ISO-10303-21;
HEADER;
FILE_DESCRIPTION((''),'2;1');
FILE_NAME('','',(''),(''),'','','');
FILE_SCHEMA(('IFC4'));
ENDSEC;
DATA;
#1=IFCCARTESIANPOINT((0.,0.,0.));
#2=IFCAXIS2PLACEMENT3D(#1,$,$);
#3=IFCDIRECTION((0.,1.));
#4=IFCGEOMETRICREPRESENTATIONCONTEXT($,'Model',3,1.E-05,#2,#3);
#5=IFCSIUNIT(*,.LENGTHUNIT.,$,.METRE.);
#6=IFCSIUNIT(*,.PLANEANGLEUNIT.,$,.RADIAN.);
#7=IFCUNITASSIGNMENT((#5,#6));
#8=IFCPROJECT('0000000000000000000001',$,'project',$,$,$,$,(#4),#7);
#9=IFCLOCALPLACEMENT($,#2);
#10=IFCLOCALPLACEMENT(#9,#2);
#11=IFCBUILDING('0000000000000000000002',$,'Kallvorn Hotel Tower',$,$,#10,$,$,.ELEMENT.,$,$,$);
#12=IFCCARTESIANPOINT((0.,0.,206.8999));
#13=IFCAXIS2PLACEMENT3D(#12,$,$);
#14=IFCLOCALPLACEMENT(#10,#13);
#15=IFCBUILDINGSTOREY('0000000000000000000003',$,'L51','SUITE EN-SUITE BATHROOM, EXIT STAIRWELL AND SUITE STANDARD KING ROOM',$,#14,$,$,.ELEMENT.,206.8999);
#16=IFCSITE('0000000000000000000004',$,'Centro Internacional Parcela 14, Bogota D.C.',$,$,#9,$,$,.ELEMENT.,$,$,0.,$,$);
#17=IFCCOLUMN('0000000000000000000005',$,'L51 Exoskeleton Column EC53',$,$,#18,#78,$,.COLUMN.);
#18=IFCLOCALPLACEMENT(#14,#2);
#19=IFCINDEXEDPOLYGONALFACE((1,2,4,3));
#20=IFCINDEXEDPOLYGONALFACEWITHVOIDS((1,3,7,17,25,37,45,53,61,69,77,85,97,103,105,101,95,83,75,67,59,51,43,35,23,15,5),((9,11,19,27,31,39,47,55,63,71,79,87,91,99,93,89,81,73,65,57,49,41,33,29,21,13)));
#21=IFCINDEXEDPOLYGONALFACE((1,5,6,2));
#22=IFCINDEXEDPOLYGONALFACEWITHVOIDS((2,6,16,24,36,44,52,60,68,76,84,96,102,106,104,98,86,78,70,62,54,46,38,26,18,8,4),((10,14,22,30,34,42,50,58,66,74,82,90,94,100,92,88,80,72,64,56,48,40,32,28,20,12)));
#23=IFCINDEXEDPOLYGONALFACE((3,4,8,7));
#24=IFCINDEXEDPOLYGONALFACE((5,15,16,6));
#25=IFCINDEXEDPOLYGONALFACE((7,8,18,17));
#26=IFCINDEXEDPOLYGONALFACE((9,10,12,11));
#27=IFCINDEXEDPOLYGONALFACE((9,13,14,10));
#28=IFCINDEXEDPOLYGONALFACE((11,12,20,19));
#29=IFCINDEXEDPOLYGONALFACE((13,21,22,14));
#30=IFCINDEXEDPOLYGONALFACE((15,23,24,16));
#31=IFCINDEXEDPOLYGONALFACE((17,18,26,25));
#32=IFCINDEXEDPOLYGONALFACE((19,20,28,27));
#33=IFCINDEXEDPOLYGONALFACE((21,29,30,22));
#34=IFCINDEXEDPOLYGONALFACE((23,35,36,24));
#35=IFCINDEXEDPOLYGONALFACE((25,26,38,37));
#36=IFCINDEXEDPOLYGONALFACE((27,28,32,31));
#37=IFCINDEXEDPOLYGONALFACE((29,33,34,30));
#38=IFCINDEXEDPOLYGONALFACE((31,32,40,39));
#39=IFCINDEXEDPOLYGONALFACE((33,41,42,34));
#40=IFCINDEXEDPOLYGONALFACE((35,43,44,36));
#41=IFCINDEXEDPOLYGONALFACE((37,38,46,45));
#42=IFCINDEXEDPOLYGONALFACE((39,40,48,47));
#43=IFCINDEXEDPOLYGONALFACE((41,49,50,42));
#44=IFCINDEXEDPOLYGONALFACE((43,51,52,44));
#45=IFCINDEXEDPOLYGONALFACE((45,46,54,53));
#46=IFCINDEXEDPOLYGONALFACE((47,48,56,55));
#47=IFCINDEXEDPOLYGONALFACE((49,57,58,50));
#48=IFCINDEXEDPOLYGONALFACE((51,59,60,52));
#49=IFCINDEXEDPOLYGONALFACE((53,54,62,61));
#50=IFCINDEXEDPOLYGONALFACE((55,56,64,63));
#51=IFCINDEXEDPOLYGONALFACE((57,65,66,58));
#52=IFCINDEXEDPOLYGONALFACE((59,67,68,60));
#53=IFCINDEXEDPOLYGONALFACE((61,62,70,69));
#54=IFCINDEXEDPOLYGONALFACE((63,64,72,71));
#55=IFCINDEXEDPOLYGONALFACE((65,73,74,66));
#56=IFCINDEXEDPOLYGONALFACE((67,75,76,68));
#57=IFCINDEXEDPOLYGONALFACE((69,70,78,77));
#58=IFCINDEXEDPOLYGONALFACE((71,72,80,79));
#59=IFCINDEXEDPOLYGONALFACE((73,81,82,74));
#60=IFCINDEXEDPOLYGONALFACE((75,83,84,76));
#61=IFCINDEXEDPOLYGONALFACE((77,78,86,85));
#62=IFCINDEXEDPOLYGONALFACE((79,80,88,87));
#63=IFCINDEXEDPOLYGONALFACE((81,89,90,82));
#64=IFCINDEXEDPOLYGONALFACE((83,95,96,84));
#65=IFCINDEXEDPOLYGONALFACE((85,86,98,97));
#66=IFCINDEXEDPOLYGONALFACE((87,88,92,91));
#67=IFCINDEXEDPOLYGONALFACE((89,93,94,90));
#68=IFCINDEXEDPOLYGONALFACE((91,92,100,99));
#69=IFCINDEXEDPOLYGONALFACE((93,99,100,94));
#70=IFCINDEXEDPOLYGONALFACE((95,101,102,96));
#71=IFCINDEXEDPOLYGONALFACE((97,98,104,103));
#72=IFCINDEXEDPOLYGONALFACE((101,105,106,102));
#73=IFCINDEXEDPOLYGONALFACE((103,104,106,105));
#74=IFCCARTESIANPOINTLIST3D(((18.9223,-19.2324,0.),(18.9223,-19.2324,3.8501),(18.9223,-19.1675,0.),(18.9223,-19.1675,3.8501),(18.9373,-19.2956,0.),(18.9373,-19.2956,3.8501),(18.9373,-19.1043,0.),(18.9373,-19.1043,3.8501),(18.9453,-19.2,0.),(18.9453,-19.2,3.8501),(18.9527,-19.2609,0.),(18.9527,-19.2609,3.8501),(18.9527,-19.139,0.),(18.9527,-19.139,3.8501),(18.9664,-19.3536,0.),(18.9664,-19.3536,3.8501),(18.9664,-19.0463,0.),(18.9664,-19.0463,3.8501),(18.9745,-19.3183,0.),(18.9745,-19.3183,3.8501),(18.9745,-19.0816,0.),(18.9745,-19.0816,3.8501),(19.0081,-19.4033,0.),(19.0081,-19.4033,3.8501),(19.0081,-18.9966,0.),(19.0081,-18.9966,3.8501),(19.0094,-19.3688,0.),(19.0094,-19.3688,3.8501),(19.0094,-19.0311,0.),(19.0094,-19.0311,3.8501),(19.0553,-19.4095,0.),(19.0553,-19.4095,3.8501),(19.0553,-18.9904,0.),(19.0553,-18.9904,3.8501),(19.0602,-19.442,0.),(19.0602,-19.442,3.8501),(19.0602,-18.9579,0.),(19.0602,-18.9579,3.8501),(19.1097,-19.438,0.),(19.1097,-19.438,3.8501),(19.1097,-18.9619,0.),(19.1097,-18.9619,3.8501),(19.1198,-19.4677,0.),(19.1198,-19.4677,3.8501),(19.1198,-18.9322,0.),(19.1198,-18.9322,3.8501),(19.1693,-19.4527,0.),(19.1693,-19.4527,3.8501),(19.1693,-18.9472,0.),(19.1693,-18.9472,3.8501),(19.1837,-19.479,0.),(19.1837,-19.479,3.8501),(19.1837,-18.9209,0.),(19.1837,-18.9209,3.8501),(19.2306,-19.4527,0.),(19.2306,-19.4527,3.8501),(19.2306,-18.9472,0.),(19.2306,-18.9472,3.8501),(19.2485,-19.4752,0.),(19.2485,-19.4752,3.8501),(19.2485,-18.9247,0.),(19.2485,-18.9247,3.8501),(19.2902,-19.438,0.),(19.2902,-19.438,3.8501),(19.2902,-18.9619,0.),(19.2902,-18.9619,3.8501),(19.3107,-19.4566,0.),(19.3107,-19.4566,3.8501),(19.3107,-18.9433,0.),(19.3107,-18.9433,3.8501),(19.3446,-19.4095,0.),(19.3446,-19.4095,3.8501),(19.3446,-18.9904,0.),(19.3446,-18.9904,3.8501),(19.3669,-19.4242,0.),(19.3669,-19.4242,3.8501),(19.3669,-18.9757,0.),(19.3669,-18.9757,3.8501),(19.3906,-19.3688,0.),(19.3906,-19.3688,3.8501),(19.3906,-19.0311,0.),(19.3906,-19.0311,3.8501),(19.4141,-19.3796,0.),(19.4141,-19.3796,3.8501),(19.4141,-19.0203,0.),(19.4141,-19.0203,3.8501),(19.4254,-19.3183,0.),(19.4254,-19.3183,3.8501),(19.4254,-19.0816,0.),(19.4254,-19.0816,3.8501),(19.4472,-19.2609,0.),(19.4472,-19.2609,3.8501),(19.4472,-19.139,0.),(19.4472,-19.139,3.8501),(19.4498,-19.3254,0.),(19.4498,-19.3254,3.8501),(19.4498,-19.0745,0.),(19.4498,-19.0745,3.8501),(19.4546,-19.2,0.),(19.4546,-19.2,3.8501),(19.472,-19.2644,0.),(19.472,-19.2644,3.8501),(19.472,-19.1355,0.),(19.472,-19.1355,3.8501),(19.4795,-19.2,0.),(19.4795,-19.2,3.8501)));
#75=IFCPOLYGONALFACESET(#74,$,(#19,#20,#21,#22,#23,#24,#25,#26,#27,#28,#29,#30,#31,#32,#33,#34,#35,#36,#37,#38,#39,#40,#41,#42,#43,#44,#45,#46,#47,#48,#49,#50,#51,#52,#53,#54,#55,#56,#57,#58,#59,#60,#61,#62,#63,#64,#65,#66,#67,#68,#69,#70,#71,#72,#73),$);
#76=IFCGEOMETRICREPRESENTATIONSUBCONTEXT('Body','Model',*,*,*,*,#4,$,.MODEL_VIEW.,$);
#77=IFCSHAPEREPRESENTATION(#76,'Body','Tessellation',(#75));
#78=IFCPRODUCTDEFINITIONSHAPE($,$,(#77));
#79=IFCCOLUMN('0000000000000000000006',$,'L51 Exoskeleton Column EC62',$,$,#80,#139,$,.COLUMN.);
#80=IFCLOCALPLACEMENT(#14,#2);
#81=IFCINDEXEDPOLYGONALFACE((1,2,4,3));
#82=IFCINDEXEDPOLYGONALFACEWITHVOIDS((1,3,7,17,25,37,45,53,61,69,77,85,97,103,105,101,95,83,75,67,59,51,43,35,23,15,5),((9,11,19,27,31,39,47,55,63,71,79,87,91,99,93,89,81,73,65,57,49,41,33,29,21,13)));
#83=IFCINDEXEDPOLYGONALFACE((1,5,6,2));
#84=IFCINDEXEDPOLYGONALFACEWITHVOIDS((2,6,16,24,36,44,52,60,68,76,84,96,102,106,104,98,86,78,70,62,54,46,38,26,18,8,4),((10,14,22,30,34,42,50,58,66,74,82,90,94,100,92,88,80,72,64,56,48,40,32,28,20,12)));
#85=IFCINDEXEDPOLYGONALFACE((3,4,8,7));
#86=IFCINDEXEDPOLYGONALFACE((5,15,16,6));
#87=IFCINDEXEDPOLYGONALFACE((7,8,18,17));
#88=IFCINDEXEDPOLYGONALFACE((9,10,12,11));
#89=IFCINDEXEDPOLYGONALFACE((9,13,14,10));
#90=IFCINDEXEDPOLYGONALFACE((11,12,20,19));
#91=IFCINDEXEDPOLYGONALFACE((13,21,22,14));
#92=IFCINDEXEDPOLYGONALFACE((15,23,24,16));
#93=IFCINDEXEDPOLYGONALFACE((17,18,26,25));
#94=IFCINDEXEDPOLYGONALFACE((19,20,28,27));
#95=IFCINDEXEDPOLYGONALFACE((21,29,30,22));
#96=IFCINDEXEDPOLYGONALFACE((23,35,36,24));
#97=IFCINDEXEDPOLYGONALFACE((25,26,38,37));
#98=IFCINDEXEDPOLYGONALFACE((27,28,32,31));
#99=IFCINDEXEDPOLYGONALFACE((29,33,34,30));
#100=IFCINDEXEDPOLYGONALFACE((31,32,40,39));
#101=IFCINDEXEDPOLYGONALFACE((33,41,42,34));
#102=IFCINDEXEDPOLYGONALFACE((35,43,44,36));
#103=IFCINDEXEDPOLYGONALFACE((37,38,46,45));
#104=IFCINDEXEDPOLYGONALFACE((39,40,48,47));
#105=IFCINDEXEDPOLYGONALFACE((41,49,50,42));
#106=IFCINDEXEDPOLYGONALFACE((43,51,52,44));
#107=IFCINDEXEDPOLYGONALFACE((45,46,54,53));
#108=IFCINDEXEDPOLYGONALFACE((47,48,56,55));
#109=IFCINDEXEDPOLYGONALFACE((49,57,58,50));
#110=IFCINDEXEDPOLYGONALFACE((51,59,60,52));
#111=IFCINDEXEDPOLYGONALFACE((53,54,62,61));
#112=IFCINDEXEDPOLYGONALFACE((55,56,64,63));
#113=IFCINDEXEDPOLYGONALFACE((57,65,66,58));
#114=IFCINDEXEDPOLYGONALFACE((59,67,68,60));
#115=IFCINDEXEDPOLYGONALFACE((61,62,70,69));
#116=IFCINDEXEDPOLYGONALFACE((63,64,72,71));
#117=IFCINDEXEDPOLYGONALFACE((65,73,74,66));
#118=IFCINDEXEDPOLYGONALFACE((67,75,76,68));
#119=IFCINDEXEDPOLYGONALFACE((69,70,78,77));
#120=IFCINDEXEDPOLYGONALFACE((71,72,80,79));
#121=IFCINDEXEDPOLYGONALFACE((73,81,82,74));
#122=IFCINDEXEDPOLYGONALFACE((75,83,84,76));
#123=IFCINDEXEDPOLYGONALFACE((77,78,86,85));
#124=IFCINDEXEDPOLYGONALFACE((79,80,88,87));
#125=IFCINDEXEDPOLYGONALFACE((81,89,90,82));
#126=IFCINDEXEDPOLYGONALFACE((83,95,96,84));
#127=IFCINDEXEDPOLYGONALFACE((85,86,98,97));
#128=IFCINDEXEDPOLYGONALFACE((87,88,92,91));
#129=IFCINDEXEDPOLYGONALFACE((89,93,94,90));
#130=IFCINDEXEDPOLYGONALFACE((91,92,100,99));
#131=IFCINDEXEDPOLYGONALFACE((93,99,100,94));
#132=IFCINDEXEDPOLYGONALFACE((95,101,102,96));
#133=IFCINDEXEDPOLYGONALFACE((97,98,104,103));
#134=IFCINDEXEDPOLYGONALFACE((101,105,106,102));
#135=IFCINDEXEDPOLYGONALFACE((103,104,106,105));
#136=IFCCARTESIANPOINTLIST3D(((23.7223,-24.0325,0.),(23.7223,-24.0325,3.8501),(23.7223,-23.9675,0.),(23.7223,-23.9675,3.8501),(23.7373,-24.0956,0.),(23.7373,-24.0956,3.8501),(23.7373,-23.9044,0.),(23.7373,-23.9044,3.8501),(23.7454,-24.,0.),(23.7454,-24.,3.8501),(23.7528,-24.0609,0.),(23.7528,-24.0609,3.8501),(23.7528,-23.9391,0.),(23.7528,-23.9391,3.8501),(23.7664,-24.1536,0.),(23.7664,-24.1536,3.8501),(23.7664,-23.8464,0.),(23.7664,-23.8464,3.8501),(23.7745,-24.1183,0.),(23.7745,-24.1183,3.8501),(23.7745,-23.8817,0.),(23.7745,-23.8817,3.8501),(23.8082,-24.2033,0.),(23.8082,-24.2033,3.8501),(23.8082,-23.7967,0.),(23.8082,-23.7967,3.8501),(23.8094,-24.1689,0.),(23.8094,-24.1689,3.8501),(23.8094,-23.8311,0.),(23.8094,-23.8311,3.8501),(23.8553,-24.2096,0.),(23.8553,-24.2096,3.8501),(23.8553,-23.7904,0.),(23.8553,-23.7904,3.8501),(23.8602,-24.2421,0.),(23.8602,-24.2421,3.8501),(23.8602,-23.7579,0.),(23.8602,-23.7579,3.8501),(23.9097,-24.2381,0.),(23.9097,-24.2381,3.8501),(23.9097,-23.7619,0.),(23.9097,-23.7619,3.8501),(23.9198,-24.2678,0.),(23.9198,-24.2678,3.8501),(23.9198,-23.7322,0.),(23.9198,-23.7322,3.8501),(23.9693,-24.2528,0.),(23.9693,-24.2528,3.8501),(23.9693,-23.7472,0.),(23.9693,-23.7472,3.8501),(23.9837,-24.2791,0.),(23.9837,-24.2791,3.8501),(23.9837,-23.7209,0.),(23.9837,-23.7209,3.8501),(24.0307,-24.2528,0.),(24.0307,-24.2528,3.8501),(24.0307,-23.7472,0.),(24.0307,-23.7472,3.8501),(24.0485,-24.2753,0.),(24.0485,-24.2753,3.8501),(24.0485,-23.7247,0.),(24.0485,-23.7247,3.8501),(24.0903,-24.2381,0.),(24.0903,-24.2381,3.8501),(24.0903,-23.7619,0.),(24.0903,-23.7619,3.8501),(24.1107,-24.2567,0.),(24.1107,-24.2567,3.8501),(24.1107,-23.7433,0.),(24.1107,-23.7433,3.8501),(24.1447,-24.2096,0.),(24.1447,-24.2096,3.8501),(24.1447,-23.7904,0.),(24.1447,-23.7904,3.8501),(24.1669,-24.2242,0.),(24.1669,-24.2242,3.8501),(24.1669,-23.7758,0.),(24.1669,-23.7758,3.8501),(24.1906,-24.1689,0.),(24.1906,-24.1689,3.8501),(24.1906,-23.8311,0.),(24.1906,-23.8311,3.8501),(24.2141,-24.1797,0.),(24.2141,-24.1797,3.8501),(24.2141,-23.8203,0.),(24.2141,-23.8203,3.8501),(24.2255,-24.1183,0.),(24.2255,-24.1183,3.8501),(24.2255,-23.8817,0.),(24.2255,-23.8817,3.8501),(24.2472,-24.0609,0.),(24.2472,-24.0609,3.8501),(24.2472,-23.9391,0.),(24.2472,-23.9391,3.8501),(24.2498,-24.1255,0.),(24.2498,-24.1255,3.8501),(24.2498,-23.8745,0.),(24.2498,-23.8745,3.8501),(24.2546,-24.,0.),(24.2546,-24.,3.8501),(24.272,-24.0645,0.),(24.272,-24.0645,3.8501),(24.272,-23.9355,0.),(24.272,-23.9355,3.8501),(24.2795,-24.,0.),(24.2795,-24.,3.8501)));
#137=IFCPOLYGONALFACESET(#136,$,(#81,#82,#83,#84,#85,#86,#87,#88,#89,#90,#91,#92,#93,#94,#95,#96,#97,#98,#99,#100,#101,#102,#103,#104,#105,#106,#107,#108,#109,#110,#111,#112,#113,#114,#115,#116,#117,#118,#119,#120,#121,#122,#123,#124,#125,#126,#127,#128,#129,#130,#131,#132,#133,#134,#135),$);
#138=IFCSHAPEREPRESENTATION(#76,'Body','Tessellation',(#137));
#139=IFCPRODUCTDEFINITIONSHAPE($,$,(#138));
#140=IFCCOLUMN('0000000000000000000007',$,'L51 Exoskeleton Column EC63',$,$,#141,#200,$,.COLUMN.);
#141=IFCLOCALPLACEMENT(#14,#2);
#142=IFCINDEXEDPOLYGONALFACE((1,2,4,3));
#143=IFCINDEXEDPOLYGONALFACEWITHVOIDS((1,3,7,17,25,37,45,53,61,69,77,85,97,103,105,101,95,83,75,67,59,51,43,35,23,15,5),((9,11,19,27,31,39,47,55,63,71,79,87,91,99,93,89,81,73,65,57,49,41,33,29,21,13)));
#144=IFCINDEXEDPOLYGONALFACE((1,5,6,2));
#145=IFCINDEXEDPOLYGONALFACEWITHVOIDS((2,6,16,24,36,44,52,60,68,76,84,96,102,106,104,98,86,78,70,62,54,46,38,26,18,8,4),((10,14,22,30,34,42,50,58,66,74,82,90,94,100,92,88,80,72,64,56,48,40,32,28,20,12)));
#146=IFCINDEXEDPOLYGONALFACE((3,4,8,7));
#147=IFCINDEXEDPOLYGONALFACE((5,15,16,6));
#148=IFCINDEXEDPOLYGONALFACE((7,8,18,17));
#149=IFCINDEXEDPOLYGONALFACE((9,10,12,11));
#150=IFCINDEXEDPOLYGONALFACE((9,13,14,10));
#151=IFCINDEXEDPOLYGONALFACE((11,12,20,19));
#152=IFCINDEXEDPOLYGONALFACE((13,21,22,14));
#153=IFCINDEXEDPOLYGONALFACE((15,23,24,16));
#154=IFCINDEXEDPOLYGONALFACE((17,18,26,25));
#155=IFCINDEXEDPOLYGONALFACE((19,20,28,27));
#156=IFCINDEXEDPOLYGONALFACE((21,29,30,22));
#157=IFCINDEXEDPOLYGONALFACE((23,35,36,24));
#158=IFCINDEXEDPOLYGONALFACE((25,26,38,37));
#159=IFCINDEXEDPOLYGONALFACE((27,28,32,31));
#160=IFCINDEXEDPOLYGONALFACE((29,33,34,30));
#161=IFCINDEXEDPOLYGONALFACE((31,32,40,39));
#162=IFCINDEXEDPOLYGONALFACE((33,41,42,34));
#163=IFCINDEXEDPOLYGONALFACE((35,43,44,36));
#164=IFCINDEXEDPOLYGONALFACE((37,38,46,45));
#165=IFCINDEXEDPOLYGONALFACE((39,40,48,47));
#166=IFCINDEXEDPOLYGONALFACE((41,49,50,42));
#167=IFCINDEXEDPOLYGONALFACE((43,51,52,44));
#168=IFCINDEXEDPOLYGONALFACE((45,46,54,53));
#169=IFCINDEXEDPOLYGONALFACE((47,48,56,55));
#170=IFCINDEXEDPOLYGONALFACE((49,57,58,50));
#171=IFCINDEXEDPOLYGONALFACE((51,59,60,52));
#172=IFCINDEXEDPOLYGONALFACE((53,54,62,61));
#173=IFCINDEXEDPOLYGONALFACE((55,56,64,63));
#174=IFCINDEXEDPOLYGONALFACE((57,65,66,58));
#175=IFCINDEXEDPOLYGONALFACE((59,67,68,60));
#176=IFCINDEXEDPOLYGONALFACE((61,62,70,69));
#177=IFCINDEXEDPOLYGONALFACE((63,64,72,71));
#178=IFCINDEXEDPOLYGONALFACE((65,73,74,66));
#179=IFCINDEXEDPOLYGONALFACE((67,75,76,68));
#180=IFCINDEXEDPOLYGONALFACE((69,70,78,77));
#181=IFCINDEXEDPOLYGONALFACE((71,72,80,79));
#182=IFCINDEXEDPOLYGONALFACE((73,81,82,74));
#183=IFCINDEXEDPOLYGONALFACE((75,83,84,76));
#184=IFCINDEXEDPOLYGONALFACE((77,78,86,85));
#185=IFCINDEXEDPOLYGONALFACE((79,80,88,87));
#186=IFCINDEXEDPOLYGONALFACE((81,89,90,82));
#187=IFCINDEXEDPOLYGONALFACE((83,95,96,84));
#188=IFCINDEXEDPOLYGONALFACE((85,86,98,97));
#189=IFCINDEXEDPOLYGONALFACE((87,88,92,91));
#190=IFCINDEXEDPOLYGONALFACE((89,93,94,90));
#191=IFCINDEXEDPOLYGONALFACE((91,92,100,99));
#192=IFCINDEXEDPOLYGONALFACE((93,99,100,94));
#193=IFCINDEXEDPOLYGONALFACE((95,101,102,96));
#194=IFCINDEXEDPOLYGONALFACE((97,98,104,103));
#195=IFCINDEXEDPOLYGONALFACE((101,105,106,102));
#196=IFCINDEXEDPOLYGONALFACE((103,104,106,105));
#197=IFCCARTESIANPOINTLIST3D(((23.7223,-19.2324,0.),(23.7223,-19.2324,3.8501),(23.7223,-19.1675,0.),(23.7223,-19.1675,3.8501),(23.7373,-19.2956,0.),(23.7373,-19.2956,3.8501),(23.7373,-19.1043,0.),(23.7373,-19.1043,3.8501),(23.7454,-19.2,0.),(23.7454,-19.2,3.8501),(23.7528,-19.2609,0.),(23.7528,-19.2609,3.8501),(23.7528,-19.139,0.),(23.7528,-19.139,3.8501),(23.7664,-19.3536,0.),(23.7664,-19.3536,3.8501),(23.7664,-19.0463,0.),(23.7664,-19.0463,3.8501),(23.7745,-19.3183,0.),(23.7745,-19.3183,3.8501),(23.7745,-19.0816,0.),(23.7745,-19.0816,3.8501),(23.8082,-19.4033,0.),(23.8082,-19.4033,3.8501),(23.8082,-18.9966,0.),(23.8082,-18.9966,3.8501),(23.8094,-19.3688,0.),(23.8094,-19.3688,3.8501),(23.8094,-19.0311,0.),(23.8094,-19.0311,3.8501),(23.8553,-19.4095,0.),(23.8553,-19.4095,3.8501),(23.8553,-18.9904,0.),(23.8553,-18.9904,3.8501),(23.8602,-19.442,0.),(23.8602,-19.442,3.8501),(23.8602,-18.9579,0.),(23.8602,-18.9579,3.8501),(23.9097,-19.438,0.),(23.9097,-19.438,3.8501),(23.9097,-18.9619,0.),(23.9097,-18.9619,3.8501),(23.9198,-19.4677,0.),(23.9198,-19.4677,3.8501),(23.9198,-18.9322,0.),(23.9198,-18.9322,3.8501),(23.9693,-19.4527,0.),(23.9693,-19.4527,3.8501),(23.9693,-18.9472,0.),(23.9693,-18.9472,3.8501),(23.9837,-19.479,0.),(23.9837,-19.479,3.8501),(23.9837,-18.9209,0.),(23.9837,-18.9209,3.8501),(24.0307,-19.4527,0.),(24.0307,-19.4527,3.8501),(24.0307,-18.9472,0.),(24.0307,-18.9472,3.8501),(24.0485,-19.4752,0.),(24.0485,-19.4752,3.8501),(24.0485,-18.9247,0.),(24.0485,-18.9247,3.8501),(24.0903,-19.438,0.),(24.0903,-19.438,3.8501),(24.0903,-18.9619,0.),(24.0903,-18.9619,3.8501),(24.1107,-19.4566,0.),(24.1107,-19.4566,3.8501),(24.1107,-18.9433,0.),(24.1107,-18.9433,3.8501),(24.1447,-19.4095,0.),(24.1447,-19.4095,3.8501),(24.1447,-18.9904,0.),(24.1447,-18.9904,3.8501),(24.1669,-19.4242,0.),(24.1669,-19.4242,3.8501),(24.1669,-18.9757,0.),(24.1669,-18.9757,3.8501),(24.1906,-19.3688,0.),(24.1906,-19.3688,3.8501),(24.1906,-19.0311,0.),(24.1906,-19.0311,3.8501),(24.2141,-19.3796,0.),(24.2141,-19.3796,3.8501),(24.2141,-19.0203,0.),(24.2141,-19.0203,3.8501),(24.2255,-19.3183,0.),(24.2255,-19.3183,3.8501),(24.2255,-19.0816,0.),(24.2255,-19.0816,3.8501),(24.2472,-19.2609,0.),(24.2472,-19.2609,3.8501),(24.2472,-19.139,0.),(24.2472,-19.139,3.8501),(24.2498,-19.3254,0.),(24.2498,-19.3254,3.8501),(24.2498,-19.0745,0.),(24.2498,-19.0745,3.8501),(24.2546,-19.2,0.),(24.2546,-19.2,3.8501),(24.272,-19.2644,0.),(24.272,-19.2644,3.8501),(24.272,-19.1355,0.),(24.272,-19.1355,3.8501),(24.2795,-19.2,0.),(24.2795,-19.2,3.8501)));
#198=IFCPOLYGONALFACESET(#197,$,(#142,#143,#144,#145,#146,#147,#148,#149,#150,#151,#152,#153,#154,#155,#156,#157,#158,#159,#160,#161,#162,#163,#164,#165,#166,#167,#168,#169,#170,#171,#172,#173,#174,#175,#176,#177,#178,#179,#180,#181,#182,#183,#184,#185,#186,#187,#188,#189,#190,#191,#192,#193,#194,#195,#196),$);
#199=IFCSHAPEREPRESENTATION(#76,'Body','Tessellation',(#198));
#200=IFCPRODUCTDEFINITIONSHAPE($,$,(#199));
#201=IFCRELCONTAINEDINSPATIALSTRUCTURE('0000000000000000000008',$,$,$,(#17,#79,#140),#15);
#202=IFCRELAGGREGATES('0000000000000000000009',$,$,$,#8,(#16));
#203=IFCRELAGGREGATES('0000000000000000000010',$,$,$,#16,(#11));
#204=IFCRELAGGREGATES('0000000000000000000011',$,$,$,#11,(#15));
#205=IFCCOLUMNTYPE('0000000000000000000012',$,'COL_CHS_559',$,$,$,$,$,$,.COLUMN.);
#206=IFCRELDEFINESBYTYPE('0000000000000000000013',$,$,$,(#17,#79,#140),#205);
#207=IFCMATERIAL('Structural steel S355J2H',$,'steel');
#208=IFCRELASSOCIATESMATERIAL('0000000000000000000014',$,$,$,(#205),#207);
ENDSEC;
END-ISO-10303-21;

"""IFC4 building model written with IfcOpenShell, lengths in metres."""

from ifc_helpers import new_model, si_unit, direction, frame, origin, origin_2d, place, context, subcontext, project, spatial, hollow_circle, extrude, material, material_profile, profile_set, type_object, element, save


model = new_model("IFC4")

# Units and contexts
model_context = context("Model", 3, precision=1e-05, world=origin(), true_north=direction((0.0, 1.0)))
body_context = subcontext(model_context, "Body", "Model", "MODEL_VIEW")
ifc_project = project(units=[si_unit("LENGTHUNIT", "METRE"), si_unit("PLANEANGLEUNIT", "RADIAN")], contexts=[model_context])

# Site, building, storey
site_placement = place(None, origin())
site = spatial("IfcSite", under=ifc_project, at=site_placement, Name="Centro Internacional Parcela 14, Bogota D.C.", CompositionType="ELEMENT", RefElevation=0.0)
building_placement = place(site_placement, origin())
building = spatial("IfcBuilding", under=site, at=building_placement, Name="Kallvorn Hotel Tower", CompositionType="ELEMENT")
storey_placement = place(building_placement, frame((0.0, 0.0, 206.8999)))
storey = spatial("IfcBuildingStorey", under=building, at=storey_placement, Name="L51", Description="SUITE EN-SUITE BATHROOM, EXIT STAIRWELL AND SUITE STANDARD KING ROOM", CompositionType="ELEMENT", Elevation=206.8999)

# Columns
ifc_material_1 = material(Name="Structural steel S355J2H", Category="steel")
ifc_material_profile_1 = material_profile(ifc_material_1, hollow_circle(Radius=0.2795, WallThickness=0.0249, at=origin_2d()), Name="CHS 559x25")
ifc_profile_set_1 = profile_set([ifc_material_profile_1], Name="Structural steel S355J2H")
column_type = type_object("IfcColumnType", Name="COL_CHS_559", PredefinedType="COLUMN", material=ifc_profile_set_1)
for number, where, z_axis, x_axis, name in (
    (1, (19.2, -19.2, 0.0), (0.0, 0.0, 1.0), (1.0, 0.0, 0.0), "L51 Exoskeleton Column EC53"),
    (2, (24.0, -24.0, 0.0), (0.0, 0.0, 1.0), (1.0, 0.0, 0.0), "L51 Exoskeleton Column EC62"),
    (3, (24.0, -19.2, 0.0), (0.0, 0.0, 1.0), (1.0, 0.0, 0.0), "L51 Exoskeleton Column EC63"),
):
    element("IfcColumn", number, at=place(storey_placement, frame(where, z_axis=z_axis, x_axis=x_axis)), inside=storey, type_object=column_type, Name=name, PredefinedType="COLUMN", context=body_context, shape_type="SweptSolid", body=[
        extrude(hollow_circle(Radius=0.2795, WallThickness=0.0249, at=origin_2d()), origin(), (0.0, 0.0, 1.0), 3.8501),
    ])

save(model, "model.ifc")
